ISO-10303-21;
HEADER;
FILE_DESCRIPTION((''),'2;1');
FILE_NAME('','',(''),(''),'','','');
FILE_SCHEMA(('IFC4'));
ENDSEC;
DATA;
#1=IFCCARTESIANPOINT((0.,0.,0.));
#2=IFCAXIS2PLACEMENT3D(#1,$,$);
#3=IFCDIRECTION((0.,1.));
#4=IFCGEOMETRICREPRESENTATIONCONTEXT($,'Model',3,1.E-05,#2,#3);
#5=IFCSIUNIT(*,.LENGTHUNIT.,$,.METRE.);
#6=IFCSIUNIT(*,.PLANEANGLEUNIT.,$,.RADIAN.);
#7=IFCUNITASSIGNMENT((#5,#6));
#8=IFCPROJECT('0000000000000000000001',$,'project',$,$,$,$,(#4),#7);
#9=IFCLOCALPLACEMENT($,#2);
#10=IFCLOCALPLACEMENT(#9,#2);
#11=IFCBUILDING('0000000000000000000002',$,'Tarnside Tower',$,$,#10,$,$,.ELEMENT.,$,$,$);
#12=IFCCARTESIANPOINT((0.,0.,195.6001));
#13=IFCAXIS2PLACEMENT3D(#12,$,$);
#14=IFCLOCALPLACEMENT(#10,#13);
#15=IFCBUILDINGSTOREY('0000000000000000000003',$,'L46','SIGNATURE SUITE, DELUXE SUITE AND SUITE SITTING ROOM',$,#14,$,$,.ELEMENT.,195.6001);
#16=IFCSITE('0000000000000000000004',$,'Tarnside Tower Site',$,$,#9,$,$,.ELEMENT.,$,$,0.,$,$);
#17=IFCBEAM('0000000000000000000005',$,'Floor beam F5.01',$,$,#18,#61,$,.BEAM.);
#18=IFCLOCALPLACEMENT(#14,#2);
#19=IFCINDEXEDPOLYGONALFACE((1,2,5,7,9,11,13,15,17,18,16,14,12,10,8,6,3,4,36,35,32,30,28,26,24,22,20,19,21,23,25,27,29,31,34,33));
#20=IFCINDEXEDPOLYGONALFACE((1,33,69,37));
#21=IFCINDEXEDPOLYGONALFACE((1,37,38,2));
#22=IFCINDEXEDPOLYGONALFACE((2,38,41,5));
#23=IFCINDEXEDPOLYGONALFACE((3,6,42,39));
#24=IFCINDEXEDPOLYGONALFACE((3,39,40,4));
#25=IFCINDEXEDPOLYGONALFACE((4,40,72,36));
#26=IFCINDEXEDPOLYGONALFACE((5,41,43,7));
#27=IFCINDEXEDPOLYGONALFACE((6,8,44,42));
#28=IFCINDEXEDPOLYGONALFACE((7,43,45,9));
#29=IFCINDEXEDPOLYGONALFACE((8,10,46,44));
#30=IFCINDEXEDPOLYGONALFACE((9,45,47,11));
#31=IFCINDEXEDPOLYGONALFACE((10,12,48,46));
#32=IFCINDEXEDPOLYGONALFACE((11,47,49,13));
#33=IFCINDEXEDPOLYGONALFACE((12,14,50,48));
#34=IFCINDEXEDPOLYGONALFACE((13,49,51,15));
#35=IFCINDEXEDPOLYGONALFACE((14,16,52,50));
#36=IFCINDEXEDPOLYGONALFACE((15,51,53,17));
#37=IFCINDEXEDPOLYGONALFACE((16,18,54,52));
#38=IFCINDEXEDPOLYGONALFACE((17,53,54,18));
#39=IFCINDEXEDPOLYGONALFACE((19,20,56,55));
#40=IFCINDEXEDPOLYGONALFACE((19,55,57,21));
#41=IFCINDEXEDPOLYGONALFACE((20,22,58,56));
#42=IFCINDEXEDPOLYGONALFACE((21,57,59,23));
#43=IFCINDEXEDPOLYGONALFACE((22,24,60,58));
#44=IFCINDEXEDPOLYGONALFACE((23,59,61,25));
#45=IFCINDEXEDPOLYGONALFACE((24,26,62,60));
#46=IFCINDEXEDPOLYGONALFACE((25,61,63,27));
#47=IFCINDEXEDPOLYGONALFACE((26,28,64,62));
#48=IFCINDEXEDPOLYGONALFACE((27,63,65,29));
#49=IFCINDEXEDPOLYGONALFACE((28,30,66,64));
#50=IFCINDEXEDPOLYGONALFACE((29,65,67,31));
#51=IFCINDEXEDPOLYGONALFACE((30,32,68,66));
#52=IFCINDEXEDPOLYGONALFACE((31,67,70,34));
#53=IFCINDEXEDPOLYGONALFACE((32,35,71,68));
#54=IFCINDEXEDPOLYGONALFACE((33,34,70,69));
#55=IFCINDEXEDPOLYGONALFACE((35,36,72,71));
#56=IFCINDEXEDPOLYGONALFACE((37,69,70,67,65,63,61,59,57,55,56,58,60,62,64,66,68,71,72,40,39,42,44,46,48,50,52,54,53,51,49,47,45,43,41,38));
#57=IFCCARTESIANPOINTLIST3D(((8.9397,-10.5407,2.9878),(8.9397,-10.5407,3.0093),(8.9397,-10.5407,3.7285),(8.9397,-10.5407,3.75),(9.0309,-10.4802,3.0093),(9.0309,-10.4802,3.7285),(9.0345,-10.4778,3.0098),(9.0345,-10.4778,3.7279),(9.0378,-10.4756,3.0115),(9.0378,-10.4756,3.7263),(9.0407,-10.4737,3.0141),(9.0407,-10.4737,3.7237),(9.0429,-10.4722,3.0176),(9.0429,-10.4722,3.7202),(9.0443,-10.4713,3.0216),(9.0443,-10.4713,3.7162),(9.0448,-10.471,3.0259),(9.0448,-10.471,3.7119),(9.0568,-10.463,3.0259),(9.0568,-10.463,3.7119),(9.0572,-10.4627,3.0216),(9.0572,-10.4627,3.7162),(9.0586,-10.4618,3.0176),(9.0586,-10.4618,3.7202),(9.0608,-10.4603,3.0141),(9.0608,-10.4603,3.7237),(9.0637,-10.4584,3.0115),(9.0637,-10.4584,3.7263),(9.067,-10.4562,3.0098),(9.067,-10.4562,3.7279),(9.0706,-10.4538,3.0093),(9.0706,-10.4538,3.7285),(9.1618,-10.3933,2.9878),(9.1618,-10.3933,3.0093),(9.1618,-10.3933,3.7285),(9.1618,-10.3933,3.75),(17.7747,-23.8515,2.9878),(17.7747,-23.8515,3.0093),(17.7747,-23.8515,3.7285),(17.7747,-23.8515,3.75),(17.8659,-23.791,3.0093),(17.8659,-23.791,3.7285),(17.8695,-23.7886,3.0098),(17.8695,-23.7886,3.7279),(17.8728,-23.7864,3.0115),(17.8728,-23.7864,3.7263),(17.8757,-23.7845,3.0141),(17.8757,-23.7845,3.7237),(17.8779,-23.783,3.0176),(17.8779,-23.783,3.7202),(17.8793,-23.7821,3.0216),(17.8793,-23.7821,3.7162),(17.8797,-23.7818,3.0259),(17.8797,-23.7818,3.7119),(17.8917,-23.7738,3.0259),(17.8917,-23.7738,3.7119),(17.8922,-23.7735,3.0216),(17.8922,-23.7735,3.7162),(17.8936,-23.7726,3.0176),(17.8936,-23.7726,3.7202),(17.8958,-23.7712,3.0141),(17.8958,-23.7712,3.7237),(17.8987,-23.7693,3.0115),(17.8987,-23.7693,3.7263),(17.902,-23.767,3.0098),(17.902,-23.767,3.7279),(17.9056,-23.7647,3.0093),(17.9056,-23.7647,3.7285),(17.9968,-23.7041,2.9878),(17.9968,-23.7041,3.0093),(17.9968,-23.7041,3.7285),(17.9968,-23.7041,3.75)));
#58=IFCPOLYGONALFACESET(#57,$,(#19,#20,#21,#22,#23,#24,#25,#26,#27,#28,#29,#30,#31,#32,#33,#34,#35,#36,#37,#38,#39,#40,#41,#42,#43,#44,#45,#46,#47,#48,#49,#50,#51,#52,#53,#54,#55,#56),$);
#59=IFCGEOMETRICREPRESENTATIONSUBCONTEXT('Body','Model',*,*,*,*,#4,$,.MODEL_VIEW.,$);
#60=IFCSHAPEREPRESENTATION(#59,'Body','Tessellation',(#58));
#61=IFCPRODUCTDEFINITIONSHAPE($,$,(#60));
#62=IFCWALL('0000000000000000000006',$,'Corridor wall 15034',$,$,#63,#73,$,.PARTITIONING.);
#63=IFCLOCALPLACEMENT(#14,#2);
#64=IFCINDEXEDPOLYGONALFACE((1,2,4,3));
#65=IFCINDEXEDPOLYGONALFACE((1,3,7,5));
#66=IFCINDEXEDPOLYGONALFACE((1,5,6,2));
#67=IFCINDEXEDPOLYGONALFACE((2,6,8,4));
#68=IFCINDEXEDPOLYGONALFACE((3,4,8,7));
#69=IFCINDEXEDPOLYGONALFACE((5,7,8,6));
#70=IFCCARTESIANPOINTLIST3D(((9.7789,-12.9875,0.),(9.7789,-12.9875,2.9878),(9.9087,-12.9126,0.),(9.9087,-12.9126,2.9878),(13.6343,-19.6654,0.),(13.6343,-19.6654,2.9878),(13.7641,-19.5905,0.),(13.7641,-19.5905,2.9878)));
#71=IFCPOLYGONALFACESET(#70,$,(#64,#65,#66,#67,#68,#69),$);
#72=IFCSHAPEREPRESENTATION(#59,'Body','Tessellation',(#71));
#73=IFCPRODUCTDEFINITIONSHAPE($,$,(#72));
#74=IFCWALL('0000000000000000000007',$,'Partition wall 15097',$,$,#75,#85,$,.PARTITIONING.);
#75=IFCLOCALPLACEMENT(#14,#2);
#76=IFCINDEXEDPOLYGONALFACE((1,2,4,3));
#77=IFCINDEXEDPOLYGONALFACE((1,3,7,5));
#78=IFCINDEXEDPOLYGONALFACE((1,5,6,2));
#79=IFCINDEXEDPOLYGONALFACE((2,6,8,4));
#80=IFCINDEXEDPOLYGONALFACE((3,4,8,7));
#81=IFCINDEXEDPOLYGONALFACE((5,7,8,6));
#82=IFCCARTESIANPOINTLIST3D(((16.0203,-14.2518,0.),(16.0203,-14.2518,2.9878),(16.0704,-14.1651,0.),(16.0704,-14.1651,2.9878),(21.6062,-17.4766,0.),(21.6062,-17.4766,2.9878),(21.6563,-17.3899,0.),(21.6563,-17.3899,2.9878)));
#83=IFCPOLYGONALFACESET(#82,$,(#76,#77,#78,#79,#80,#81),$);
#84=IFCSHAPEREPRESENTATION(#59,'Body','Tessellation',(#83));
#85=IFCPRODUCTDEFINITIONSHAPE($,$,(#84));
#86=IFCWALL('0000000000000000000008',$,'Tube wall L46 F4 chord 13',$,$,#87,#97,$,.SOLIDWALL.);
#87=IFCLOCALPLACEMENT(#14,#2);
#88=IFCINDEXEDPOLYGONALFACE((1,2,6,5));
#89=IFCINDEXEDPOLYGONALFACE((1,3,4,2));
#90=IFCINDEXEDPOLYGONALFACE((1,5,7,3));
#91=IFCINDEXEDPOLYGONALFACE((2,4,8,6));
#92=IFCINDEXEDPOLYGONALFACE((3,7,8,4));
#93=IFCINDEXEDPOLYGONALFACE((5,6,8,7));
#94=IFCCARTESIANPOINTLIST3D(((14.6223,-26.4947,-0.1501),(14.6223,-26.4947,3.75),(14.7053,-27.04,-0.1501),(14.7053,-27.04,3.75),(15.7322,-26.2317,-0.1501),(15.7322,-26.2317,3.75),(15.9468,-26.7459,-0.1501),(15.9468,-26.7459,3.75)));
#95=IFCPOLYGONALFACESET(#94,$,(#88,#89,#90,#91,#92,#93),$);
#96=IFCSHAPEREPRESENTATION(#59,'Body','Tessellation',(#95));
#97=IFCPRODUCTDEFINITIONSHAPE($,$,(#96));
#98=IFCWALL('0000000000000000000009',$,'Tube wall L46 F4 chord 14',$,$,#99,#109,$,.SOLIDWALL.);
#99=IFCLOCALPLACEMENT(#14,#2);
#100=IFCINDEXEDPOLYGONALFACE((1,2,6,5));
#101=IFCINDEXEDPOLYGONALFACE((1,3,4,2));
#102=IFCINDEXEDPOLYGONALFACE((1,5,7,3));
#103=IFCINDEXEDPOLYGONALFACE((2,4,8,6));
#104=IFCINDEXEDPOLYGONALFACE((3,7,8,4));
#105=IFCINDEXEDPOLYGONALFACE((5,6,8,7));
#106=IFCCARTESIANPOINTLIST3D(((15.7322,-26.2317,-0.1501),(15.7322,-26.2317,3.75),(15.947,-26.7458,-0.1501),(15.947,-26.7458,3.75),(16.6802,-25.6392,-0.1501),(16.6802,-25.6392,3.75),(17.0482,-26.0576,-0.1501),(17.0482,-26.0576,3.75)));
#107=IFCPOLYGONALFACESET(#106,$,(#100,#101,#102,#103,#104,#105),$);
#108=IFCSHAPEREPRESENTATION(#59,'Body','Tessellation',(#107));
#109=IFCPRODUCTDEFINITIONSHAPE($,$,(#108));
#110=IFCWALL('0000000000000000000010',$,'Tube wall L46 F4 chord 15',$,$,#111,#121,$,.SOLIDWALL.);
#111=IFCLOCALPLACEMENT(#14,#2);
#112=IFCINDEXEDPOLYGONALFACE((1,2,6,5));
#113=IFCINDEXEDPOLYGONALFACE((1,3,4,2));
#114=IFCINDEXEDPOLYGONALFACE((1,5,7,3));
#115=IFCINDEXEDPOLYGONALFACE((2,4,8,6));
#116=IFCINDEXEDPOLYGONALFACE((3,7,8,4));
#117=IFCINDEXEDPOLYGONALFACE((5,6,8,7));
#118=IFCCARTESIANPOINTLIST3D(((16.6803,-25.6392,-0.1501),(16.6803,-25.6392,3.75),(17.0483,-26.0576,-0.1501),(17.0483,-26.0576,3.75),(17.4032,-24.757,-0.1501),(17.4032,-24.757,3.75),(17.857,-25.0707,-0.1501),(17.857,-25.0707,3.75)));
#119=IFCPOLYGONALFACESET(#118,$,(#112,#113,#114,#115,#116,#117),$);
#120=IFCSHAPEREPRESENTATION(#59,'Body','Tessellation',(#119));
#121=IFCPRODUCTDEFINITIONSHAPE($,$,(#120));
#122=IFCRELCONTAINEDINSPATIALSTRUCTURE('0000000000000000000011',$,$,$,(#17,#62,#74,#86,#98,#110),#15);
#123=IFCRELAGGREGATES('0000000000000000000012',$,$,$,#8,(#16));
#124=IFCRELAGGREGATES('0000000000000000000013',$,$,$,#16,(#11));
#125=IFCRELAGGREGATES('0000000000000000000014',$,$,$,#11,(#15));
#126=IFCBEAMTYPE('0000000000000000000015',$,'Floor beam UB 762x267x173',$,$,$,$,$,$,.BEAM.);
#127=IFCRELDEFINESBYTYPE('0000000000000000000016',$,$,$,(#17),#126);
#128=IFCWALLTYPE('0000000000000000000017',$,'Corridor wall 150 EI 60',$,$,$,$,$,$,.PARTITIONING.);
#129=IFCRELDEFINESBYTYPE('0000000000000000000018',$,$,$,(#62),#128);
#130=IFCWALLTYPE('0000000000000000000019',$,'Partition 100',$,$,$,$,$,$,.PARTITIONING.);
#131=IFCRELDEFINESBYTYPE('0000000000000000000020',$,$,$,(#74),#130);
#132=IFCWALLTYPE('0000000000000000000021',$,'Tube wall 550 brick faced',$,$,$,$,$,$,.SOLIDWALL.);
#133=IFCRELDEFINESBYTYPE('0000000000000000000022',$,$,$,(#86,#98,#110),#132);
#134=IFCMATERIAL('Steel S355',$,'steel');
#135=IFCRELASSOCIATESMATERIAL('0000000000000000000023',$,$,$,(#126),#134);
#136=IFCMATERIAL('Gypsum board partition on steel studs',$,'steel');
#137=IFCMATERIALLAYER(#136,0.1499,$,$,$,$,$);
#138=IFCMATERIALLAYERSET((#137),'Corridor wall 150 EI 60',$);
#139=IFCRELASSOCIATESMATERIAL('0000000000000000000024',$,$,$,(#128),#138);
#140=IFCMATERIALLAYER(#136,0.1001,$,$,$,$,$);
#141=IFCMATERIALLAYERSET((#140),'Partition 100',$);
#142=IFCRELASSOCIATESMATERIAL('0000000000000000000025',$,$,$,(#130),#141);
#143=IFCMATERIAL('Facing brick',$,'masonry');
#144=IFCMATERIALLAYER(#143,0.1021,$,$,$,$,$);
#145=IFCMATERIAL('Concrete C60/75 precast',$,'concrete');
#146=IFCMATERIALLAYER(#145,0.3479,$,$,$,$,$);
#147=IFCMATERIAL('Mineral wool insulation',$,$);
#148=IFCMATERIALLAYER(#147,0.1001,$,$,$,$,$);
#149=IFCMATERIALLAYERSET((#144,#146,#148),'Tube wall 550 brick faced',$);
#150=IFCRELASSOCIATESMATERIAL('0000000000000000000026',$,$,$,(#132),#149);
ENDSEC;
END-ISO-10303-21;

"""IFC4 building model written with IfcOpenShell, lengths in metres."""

from ifc_helpers import new_model, si_unit, direction, frame, frame_2d, origin, origin_2d, place, context, subcontext, project, spatial, polyline, rectangle, i_section, outline, extrude, material, layer, layer_set, material_profile, profile_set, type_object, element, save


model = new_model("IFC4")

# Units and contexts
model_context = context("Model", 3, precision=1e-05, world=origin(), true_north=direction((0.0, 1.0)))
body_context = subcontext(model_context, "Body", "Model", "MODEL_VIEW")
ifc_project = project(units=[si_unit("LENGTHUNIT", "METRE"), si_unit("PLANEANGLEUNIT", "RADIAN")], contexts=[model_context])

# Site, building, storey
site_placement = place(None, origin())
site = spatial("IfcSite", under=ifc_project, at=site_placement, Name="Tarnside Tower Site", CompositionType="ELEMENT", RefElevation=0.0)
building_placement = place(site_placement, origin())
building = spatial("IfcBuilding", under=site, at=building_placement, Name="Tarnside Tower", CompositionType="ELEMENT")
storey_placement = place(building_placement, frame((0.0, 0.0, 195.6001)))
storey = spatial("IfcBuildingStorey", under=building, at=storey_placement, Name="L46", Description="SIGNATURE SUITE, DELUXE SUITE AND SUITE SITTING ROOM", CompositionType="ELEMENT", Elevation=195.6001)

# Beam
ifc_material_1 = material(Name="Steel S355", Category="steel")
ifc_material_profile_1 = material_profile(ifc_material_1, i_section(OverallWidth=0.2666, OverallDepth=0.7622, WebThickness=0.0144, FlangeThickness=0.0215, FilletRadius=0.0166, at=origin_2d()), Name="UB 762x267x173")
ifc_profile_set_1 = profile_set([ifc_material_profile_1], Name="Steel S355")
beam_type_1 = type_object("IfcBeamType", Name="Floor beam UB 762x267x173", PredefinedType="BEAM", material=ifc_profile_set_1)
beam_1_placement = place(storey_placement, frame((17.8857, -23.7778, 3.3689), z_axis=(-0.553013, 0.833172, 0.0), x_axis=(-0.833172, -0.553013, 0.0)))
element("IfcBeam", 1, at=beam_1_placement, inside=storey, type_object=beam_type_1, Name="Floor beam F5.01", PredefinedType="BEAM", context=body_context, shape_type="SweptSolid", body=[
    extrude(i_section(OverallWidth=0.2666, OverallDepth=0.7622, WebThickness=0.0144, FlangeThickness=0.0215, FilletRadius=0.0166, at=origin_2d()), origin(), (0.0, 0.0, 1.0), 15.9761),
])

# Walls
ifc_material_2 = material(Name="Gypsum board partition on steel studs", Category="steel")
ifc_layer_1 = layer(ifc_material_2, 0.1499)
ifc_layer_set_1 = layer_set([ifc_layer_1], Name="Corridor wall 150 EI 60")
wall_type_1 = type_object("IfcWallType", Name="Corridor wall 150 EI 60", PredefinedType="PARTITIONING", material=ifc_layer_set_1)
wall_1_placement = place(storey_placement, frame((13.6992, -19.6279, 0.0), z_axis=(0.0, 0.0, 1.0), x_axis=(-0.499994, 0.866029, 0.0)))
element("IfcWall", 2, at=wall_1_placement, inside=storey, type_object=wall_type_1, Name="Corridor wall 15034", PredefinedType="PARTITIONING", context=body_context, shape_type="SweptSolid", body=[
    extrude(rectangle(XDim=7.7109, YDim=0.1499, at=frame_2d((3.8555, 0.0))), origin(), (0.0, 0.0, 1.0), 2.9878),
])
ifc_layer_2 = layer(ifc_material_2, 0.1001)
ifc_layer_set_2 = layer_set([ifc_layer_2], Name="Partition 100")
wall_type_2 = type_object("IfcWallType", Name="Partition 100", PredefinedType="PARTITIONING", material=ifc_layer_set_2)
wall_2_placement = place(storey_placement, frame((21.6313, -17.4333, 0.0), z_axis=(0.0, 0.0, 1.0), x_axis=(-0.866038, 0.499978, 0.0)))
element("IfcWall", 3, at=wall_2_placement, inside=storey, type_object=wall_type_2, Name="Partition wall 15097", PredefinedType="PARTITIONING", context=body_context, shape_type="SweptSolid", body=[
    extrude(rectangle(XDim=6.45, YDim=0.1001, at=frame_2d((3.2251, 0.0))), origin(), (0.0, 0.0, 1.0), 2.9878),
])
ifc_material_3 = material(Name="Facing brick", Category="masonry")
ifc_layer_3 = layer(ifc_material_3, 0.1021)
ifc_material_4 = material(Name="Concrete C60/75 precast", Category="concrete")
ifc_layer_4 = layer(ifc_material_4, 0.3479)
ifc_material_5 = material(Name="Mineral wool insulation")
ifc_layer_5 = layer(ifc_material_5, 0.1001)
ifc_layer_set_3 = layer_set([ifc_layer_3, ifc_layer_4, ifc_layer_5], Name="Tube wall 550 brick faced")
wall_type_3 = type_object("IfcWallType", Name="Tube wall 550 brick faced", PredefinedType="SOLIDWALL", material=ifc_layer_set_3)
wall_3_placement = place(storey_placement, frame((14.6638, -26.7673, -0.1501), z_axis=(0.0, 0.0, 1.0), x_axis=(0.973064, 0.230537, 0.0)))
element("IfcWall", 4, at=wall_3_placement, inside=storey, type_object=wall_type_3, Name="Tube wall L46 F4 chord 13", PredefinedType="SOLIDWALL", context=body_context, shape_type="SweptSolid", body=[
    extrude(outline(polyline([(-0.0225, -0.2749), (1.2534, -0.2749), (1.1631, 0.2749), (0.0225, 0.2749), (-0.0225, -0.2749)])), origin(), (0.0, 0.0, 1.0), 3.9001),
])
wall_4_placement = place(storey_placement, frame((15.8396, -26.4888, -0.1501), z_axis=(0.0, 0.0, 1.0), x_axis=(0.84801, 0.529981, 0.0)))
element("IfcWall", 5, at=wall_4_placement, inside=storey, type_object=wall_type_3, Name="Tube wall L46 F4 chord 14", PredefinedType="SOLIDWALL", context=body_context, shape_type="SweptSolid", body=[
    extrude(outline(polyline([(-0.0452, -0.2749), (1.2534, -0.2749), (1.1631, 0.2749), (0.0452, 0.2749), (-0.0452, -0.2749)])), origin(), (0.0, 0.0, 1.0), 3.9001),
])
wall_5_placement = place(storey_placement, frame((16.8643, -25.8484, -0.1501), z_axis=(0.0, 0.0, 1.0), x_axis=(0.633843, 0.773462, 0.0)))
element("IfcWall", 6, at=wall_5_placement, inside=storey, type_object=wall_type_3, Name="Tube wall L46 F4 chord 15", PredefinedType="SOLIDWALL", context=body_context, shape_type="SweptSolid", body=[
    extrude(outline(polyline([(-0.0452, -0.2749), (1.2307, -0.2749), (1.1858, 0.2749), (0.0452, 0.2749), (-0.0452, -0.2749)])), origin(), (0.0, 0.0, 1.0), 3.9001),
])

save(model, "model.ifc")
